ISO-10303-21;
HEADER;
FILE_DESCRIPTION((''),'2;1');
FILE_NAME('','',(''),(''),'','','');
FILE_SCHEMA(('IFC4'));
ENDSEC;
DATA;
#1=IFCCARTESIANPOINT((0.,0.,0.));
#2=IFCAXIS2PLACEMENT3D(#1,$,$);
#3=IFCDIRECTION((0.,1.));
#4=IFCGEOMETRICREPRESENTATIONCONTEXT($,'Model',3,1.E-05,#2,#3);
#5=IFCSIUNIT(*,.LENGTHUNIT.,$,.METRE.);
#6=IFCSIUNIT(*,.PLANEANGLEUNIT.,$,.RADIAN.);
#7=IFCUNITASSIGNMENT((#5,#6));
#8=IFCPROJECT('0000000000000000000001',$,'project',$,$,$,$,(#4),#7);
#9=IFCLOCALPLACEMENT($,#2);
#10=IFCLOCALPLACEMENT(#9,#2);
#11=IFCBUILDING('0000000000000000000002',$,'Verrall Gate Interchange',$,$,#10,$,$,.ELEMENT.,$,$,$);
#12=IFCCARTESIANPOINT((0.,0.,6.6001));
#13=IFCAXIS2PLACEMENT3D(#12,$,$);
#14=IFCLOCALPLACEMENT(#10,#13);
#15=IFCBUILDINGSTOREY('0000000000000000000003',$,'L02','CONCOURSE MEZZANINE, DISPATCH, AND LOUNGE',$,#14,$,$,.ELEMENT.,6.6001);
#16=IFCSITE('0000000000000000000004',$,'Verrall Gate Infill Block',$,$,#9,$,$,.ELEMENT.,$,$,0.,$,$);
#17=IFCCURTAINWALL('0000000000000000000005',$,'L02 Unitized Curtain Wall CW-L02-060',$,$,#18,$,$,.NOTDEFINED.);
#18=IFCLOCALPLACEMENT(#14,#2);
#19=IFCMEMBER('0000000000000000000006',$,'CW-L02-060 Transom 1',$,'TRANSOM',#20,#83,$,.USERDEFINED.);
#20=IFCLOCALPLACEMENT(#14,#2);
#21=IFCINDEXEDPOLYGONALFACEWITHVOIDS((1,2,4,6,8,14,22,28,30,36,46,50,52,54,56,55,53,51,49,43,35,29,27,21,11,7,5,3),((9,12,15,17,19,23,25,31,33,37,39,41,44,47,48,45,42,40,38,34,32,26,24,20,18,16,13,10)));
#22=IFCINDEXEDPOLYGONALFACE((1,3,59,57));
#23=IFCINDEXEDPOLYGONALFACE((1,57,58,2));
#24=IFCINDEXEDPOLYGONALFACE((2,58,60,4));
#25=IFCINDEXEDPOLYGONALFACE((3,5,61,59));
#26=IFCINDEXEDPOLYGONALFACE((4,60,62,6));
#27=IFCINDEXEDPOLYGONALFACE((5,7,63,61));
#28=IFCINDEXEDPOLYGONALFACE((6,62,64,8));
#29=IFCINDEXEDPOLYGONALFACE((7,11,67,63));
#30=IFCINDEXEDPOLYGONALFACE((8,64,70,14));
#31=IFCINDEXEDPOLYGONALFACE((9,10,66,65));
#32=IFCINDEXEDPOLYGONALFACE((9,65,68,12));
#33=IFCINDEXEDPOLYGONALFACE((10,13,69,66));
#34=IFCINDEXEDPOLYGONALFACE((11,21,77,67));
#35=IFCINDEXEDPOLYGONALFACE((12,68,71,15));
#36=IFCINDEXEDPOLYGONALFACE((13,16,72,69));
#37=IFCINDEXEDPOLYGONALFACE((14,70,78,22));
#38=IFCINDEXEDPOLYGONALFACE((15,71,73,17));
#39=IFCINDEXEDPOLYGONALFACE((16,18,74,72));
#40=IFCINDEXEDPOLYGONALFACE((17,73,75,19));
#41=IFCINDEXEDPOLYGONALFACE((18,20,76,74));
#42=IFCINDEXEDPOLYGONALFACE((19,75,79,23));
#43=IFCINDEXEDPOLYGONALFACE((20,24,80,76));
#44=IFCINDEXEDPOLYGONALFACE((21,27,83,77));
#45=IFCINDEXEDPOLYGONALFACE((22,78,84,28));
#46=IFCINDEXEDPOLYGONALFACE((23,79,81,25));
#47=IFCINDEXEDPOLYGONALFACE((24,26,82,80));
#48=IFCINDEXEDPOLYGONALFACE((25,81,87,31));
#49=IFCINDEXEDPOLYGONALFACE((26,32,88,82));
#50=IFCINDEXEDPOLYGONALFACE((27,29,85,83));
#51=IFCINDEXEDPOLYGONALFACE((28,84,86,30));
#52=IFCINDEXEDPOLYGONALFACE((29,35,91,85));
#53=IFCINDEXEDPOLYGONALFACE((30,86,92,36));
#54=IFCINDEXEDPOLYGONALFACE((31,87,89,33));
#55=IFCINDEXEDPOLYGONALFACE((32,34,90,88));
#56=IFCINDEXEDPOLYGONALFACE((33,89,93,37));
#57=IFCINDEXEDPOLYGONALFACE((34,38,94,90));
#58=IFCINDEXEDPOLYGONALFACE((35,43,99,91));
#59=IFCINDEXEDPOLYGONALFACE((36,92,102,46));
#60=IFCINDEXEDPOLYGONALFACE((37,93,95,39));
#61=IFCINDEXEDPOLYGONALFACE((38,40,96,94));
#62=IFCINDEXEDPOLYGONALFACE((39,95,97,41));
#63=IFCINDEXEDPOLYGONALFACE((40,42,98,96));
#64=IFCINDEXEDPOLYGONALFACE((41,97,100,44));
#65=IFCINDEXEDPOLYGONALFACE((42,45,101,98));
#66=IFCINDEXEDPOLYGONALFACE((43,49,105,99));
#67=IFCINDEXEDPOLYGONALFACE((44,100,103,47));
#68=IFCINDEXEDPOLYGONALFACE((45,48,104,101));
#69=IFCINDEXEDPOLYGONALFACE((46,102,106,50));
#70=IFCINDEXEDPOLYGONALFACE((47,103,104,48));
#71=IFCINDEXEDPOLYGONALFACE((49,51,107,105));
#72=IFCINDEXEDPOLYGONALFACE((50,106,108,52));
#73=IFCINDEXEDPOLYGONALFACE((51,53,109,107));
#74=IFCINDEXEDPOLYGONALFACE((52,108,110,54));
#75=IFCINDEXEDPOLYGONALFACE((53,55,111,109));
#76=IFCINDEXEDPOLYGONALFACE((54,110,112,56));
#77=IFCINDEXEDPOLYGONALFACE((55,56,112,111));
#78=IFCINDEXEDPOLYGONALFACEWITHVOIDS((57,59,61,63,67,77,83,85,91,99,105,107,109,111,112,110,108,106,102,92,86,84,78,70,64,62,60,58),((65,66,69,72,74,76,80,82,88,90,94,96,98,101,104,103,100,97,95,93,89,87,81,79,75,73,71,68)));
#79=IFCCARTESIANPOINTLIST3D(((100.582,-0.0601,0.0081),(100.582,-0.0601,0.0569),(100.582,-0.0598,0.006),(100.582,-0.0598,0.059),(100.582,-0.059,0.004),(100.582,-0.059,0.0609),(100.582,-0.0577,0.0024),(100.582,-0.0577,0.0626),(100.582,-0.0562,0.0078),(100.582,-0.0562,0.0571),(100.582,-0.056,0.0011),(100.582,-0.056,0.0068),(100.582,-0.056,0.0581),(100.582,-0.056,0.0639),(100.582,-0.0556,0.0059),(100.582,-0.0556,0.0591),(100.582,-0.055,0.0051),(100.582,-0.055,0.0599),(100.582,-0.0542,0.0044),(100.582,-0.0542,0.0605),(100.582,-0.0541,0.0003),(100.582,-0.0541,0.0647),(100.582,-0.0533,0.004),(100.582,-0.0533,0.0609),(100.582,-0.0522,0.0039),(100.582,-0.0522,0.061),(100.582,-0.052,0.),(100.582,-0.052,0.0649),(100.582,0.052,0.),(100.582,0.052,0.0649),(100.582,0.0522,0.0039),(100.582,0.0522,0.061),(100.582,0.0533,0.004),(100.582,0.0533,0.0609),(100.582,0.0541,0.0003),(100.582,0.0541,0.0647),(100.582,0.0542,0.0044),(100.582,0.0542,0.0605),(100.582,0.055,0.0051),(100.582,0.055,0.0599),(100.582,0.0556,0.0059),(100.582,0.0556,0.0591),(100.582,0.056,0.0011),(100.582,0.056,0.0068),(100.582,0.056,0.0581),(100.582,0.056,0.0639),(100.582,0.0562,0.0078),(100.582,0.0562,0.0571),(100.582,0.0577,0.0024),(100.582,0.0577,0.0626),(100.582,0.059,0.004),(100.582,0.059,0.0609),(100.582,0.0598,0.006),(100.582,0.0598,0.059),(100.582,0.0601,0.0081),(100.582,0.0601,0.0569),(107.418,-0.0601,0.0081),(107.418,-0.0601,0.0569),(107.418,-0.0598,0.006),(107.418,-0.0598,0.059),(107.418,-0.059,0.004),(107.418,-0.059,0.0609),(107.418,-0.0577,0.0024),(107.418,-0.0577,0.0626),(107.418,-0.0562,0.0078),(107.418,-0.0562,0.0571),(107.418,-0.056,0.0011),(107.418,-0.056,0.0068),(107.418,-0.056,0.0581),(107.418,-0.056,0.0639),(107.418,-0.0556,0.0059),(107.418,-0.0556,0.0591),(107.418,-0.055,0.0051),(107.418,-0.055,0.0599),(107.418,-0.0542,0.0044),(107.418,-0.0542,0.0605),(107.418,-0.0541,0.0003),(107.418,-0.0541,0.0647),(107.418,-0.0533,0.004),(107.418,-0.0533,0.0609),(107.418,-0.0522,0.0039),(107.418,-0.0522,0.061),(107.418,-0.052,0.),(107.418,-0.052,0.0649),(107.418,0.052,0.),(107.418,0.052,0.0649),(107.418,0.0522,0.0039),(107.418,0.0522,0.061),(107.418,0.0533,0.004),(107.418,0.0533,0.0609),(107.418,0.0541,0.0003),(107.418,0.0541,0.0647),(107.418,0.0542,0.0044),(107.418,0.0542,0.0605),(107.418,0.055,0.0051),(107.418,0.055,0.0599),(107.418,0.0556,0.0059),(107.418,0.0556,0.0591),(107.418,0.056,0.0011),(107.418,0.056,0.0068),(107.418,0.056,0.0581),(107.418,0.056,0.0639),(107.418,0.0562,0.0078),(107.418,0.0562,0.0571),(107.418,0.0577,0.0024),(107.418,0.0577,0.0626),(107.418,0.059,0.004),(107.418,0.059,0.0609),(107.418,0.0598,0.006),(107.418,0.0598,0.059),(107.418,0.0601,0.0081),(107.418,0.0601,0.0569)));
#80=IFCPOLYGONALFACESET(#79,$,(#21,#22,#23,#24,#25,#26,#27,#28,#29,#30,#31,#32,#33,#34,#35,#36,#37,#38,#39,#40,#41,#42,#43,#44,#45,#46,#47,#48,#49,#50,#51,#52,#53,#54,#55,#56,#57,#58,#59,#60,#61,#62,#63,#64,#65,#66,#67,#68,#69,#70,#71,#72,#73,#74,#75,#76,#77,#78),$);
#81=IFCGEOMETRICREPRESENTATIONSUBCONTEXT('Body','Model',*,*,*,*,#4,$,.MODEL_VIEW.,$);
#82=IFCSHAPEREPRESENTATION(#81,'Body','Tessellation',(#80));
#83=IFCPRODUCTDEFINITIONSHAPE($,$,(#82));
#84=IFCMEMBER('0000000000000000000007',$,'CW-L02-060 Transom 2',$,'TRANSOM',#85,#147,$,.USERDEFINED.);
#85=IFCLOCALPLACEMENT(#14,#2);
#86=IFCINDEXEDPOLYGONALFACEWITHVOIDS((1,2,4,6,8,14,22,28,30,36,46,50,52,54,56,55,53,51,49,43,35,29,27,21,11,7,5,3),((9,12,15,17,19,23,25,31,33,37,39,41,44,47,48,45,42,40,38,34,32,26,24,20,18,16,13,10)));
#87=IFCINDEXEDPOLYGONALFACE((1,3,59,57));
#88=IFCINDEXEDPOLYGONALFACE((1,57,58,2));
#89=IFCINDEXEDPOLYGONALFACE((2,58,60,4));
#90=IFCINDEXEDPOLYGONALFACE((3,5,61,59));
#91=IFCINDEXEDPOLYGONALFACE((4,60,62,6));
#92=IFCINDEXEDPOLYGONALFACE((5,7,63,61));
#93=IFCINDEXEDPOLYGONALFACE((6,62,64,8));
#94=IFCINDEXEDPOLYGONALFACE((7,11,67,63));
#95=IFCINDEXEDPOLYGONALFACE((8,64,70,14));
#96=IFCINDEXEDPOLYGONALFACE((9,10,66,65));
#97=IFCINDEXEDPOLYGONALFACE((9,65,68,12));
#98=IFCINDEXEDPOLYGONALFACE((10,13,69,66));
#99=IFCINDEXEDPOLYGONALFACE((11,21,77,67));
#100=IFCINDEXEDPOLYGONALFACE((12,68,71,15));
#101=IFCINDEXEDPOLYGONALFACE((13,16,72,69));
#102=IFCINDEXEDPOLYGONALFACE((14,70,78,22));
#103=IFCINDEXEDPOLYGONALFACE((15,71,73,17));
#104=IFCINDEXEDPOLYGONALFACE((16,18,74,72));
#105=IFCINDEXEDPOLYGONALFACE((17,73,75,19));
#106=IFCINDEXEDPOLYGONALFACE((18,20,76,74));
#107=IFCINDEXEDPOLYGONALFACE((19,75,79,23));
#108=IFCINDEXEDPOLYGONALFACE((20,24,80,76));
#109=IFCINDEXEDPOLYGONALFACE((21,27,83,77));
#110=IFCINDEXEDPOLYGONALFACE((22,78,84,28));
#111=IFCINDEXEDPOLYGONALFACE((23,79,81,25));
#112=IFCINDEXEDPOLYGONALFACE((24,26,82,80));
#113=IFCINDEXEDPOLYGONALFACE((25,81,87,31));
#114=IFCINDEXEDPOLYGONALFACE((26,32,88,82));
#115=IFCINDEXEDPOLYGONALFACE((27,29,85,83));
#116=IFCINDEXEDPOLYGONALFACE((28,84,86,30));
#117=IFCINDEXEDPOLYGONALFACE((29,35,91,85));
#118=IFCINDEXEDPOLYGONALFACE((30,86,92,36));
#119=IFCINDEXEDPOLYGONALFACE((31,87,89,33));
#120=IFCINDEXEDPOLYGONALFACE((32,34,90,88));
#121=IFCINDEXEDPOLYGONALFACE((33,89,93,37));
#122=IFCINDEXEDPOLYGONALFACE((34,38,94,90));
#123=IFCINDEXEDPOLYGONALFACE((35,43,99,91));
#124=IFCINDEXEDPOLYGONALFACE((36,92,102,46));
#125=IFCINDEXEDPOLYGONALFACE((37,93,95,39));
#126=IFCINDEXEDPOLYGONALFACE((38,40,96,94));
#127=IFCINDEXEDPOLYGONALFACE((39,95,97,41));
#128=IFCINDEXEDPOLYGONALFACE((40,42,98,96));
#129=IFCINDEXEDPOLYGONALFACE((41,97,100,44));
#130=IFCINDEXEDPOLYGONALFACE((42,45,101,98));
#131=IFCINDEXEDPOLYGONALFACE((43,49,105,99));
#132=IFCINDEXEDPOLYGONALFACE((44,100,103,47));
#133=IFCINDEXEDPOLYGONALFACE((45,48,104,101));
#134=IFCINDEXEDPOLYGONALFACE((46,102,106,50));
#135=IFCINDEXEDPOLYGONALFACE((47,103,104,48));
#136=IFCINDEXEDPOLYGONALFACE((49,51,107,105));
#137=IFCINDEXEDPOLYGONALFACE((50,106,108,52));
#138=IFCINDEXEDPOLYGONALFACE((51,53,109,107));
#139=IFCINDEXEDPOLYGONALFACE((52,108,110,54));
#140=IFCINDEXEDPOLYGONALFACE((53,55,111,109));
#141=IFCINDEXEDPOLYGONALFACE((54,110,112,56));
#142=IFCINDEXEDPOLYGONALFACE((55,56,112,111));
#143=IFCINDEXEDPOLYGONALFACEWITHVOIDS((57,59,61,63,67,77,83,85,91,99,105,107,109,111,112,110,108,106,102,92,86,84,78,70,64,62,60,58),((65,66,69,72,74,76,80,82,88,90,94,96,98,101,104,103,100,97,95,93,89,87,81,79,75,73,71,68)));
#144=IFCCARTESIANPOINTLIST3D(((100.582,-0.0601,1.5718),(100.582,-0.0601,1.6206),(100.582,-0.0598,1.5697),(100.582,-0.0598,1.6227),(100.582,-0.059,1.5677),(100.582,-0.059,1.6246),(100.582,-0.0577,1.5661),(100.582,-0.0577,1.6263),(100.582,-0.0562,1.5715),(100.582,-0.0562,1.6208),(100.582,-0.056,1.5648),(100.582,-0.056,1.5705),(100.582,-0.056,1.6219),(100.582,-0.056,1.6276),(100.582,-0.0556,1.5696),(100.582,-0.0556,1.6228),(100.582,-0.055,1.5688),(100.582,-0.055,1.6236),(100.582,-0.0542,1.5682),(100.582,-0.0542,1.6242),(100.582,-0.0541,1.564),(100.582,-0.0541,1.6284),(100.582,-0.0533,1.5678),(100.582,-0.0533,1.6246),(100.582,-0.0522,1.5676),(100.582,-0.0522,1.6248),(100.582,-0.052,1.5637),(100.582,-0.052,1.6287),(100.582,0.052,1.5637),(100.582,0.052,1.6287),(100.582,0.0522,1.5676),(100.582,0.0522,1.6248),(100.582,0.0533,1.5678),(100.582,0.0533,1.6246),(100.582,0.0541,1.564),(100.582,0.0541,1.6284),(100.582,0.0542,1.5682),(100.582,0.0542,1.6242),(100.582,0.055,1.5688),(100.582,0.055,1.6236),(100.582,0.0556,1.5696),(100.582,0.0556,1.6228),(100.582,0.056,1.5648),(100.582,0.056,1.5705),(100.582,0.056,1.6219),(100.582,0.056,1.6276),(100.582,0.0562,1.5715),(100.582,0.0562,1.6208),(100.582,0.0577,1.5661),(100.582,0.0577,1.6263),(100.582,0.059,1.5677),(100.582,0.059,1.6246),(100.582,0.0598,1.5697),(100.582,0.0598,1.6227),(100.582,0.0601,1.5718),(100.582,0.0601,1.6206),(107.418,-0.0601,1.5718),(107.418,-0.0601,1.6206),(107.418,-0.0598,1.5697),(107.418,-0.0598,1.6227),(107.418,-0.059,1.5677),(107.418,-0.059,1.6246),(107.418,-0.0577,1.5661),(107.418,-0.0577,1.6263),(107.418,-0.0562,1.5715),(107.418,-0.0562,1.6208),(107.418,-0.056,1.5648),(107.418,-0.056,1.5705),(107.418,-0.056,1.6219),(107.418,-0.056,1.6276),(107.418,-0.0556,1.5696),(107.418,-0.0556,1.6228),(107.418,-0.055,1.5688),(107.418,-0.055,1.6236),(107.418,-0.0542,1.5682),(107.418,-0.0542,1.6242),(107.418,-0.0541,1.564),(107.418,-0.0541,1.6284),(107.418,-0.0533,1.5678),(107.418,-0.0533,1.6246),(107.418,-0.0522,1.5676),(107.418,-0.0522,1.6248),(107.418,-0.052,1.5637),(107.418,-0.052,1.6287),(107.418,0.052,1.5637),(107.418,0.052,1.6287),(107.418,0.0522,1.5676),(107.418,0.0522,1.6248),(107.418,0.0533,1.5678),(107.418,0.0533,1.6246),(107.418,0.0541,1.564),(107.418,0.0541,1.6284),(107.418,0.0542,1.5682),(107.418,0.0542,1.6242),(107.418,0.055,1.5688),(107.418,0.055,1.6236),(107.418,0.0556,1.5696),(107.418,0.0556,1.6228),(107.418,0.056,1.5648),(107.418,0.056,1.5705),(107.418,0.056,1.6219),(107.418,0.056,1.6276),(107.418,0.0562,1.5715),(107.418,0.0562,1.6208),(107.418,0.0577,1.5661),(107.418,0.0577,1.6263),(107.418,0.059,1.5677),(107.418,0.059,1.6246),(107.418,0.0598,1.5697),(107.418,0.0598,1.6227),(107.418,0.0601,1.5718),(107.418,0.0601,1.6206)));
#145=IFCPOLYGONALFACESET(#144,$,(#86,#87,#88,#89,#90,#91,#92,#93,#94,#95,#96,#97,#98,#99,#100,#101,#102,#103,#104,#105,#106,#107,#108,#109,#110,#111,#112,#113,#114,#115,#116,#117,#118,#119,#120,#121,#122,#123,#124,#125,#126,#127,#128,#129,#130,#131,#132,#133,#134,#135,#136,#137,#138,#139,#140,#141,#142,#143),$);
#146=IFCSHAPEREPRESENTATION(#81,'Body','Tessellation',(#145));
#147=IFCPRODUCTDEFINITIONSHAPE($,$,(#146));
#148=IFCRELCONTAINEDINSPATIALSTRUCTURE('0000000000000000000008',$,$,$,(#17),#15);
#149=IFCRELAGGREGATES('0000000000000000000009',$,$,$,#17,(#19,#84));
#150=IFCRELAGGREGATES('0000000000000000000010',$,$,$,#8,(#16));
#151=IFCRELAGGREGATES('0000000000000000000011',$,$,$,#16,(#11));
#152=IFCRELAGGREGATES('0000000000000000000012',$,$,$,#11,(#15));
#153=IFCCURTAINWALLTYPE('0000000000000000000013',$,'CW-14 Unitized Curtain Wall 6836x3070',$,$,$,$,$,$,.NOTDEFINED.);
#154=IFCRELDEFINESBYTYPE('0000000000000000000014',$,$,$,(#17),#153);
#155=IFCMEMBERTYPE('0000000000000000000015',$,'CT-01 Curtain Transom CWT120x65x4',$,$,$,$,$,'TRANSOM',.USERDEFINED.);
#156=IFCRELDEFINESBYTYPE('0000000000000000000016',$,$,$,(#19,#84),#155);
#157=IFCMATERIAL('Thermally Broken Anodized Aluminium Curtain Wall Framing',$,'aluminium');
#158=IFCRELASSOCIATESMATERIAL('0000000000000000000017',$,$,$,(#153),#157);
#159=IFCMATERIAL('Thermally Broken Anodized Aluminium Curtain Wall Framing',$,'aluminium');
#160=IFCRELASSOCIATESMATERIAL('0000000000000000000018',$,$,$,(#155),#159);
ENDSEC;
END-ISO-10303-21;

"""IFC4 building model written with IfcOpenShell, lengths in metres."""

from ifc_helpers import new_model, si_unit, direction, frame, origin, origin_2d, place, context, subcontext, project, spatial, hollow_rectangle, extrude, material, material_profile, profile_set, type_object, element, aggregate, save


model = new_model("IFC4")

# Units and contexts
model_context = context("Model", 3, precision=1e-05, world=origin(), true_north=direction((0.0, 1.0)))
body_context = subcontext(model_context, "Body", "Model", "MODEL_VIEW")
ifc_project = project(units=[si_unit("LENGTHUNIT", "METRE"), si_unit("PLANEANGLEUNIT", "RADIAN")], contexts=[model_context])

# Site, building, storey
site_placement = place(None, origin())
site = spatial("IfcSite", under=ifc_project, at=site_placement, Name="Verrall Gate Infill Block", CompositionType="ELEMENT", RefElevation=0.0)
building_placement = place(site_placement, origin())
building = spatial("IfcBuilding", under=site, at=building_placement, Name="Verrall Gate Interchange", CompositionType="ELEMENT")
storey_placement = place(building_placement, frame((0.0, 0.0, 6.6001)))
storey = spatial("IfcBuildingStorey", under=building, at=storey_placement, Name="L02", Description="CONCOURSE MEZZANINE, DISPATCH, AND LOUNGE", CompositionType="ELEMENT", Elevation=6.6001)

# Curtain wall
ifc_material_1 = material(Name="Thermally Broken Anodized Aluminium Curtain Wall Framing", Category="aluminium")
curtain_wall_type_1 = type_object("IfcCurtainWallType", Name="CW-14 Unitized Curtain Wall 6836x3070", PredefinedType="NOTDEFINED", material=ifc_material_1)
curtain_wall_1_placement = place(storey_placement, origin())
curtain_wall_1 = element("IfcCurtainWall", 1, at=curtain_wall_1_placement, inside=storey, type_object=curtain_wall_type_1, Name="L02 Unitized Curtain Wall CW-L02-060", PredefinedType="NOTDEFINED")

# Members
ifc_material_2 = material(Name="Thermally Broken Anodized Aluminium Curtain Wall Framing", Category="aluminium")
ifc_material_profile_1 = material_profile(ifc_material_2, hollow_rectangle(XDim=0.1201, YDim=0.0649, WallThickness=0.0039, InnerFilletRadius=0.0039, OuterFilletRadius=0.0081, at=origin_2d()), Name="CWT120x65x4")
ifc_profile_set_1 = profile_set([ifc_material_profile_1], Name="Thermally Broken Anodized Aluminium Curtain Wall Framing")
member_type_1 = type_object("IfcMemberType", Name="CT-01 Curtain Transom CWT120x65x4", ElementType="TRANSOM", PredefinedType="USERDEFINED", material=ifc_profile_set_1)
member_1_placement = place(storey_placement, frame((100.582, 0.0, 0.0325), z_axis=(1.0, 0.0, 0.0), x_axis=(0.0, 1.0, 0.0)))
member_1 = element("IfcMember", 2, at=member_1_placement, type_object=member_type_1, Name="CW-L02-060 Transom 1", ObjectType="TRANSOM", PredefinedType="USERDEFINED", context=body_context, shape_type="SweptSolid", body=[
    extrude(hollow_rectangle(XDim=0.1201, YDim=0.0649, WallThickness=0.0039, InnerFilletRadius=0.0039, OuterFilletRadius=0.0081, at=origin_2d()), origin(), (0.0, 0.0, 1.0), 6.8359),
])
member_2_placement = place(storey_placement, frame((100.582, 0.0, 1.5962), z_axis=(1.0, 0.0, 0.0), x_axis=(0.0, 1.0, 0.0)))
member_2 = element("IfcMember", 3, at=member_2_placement, type_object=member_type_1, Name="CW-L02-060 Transom 2", ObjectType="TRANSOM", PredefinedType="USERDEFINED", context=body_context, shape_type="SweptSolid", body=[
    extrude(hollow_rectangle(XDim=0.1201, YDim=0.0649, WallThickness=0.0039, InnerFilletRadius=0.0039, OuterFilletRadius=0.0081, at=origin_2d()), origin(), (0.0, 0.0, 1.0), 6.8359),
])

aggregate(curtain_wall_1, [member_1, member_2])

save(model, "model.ifc")
